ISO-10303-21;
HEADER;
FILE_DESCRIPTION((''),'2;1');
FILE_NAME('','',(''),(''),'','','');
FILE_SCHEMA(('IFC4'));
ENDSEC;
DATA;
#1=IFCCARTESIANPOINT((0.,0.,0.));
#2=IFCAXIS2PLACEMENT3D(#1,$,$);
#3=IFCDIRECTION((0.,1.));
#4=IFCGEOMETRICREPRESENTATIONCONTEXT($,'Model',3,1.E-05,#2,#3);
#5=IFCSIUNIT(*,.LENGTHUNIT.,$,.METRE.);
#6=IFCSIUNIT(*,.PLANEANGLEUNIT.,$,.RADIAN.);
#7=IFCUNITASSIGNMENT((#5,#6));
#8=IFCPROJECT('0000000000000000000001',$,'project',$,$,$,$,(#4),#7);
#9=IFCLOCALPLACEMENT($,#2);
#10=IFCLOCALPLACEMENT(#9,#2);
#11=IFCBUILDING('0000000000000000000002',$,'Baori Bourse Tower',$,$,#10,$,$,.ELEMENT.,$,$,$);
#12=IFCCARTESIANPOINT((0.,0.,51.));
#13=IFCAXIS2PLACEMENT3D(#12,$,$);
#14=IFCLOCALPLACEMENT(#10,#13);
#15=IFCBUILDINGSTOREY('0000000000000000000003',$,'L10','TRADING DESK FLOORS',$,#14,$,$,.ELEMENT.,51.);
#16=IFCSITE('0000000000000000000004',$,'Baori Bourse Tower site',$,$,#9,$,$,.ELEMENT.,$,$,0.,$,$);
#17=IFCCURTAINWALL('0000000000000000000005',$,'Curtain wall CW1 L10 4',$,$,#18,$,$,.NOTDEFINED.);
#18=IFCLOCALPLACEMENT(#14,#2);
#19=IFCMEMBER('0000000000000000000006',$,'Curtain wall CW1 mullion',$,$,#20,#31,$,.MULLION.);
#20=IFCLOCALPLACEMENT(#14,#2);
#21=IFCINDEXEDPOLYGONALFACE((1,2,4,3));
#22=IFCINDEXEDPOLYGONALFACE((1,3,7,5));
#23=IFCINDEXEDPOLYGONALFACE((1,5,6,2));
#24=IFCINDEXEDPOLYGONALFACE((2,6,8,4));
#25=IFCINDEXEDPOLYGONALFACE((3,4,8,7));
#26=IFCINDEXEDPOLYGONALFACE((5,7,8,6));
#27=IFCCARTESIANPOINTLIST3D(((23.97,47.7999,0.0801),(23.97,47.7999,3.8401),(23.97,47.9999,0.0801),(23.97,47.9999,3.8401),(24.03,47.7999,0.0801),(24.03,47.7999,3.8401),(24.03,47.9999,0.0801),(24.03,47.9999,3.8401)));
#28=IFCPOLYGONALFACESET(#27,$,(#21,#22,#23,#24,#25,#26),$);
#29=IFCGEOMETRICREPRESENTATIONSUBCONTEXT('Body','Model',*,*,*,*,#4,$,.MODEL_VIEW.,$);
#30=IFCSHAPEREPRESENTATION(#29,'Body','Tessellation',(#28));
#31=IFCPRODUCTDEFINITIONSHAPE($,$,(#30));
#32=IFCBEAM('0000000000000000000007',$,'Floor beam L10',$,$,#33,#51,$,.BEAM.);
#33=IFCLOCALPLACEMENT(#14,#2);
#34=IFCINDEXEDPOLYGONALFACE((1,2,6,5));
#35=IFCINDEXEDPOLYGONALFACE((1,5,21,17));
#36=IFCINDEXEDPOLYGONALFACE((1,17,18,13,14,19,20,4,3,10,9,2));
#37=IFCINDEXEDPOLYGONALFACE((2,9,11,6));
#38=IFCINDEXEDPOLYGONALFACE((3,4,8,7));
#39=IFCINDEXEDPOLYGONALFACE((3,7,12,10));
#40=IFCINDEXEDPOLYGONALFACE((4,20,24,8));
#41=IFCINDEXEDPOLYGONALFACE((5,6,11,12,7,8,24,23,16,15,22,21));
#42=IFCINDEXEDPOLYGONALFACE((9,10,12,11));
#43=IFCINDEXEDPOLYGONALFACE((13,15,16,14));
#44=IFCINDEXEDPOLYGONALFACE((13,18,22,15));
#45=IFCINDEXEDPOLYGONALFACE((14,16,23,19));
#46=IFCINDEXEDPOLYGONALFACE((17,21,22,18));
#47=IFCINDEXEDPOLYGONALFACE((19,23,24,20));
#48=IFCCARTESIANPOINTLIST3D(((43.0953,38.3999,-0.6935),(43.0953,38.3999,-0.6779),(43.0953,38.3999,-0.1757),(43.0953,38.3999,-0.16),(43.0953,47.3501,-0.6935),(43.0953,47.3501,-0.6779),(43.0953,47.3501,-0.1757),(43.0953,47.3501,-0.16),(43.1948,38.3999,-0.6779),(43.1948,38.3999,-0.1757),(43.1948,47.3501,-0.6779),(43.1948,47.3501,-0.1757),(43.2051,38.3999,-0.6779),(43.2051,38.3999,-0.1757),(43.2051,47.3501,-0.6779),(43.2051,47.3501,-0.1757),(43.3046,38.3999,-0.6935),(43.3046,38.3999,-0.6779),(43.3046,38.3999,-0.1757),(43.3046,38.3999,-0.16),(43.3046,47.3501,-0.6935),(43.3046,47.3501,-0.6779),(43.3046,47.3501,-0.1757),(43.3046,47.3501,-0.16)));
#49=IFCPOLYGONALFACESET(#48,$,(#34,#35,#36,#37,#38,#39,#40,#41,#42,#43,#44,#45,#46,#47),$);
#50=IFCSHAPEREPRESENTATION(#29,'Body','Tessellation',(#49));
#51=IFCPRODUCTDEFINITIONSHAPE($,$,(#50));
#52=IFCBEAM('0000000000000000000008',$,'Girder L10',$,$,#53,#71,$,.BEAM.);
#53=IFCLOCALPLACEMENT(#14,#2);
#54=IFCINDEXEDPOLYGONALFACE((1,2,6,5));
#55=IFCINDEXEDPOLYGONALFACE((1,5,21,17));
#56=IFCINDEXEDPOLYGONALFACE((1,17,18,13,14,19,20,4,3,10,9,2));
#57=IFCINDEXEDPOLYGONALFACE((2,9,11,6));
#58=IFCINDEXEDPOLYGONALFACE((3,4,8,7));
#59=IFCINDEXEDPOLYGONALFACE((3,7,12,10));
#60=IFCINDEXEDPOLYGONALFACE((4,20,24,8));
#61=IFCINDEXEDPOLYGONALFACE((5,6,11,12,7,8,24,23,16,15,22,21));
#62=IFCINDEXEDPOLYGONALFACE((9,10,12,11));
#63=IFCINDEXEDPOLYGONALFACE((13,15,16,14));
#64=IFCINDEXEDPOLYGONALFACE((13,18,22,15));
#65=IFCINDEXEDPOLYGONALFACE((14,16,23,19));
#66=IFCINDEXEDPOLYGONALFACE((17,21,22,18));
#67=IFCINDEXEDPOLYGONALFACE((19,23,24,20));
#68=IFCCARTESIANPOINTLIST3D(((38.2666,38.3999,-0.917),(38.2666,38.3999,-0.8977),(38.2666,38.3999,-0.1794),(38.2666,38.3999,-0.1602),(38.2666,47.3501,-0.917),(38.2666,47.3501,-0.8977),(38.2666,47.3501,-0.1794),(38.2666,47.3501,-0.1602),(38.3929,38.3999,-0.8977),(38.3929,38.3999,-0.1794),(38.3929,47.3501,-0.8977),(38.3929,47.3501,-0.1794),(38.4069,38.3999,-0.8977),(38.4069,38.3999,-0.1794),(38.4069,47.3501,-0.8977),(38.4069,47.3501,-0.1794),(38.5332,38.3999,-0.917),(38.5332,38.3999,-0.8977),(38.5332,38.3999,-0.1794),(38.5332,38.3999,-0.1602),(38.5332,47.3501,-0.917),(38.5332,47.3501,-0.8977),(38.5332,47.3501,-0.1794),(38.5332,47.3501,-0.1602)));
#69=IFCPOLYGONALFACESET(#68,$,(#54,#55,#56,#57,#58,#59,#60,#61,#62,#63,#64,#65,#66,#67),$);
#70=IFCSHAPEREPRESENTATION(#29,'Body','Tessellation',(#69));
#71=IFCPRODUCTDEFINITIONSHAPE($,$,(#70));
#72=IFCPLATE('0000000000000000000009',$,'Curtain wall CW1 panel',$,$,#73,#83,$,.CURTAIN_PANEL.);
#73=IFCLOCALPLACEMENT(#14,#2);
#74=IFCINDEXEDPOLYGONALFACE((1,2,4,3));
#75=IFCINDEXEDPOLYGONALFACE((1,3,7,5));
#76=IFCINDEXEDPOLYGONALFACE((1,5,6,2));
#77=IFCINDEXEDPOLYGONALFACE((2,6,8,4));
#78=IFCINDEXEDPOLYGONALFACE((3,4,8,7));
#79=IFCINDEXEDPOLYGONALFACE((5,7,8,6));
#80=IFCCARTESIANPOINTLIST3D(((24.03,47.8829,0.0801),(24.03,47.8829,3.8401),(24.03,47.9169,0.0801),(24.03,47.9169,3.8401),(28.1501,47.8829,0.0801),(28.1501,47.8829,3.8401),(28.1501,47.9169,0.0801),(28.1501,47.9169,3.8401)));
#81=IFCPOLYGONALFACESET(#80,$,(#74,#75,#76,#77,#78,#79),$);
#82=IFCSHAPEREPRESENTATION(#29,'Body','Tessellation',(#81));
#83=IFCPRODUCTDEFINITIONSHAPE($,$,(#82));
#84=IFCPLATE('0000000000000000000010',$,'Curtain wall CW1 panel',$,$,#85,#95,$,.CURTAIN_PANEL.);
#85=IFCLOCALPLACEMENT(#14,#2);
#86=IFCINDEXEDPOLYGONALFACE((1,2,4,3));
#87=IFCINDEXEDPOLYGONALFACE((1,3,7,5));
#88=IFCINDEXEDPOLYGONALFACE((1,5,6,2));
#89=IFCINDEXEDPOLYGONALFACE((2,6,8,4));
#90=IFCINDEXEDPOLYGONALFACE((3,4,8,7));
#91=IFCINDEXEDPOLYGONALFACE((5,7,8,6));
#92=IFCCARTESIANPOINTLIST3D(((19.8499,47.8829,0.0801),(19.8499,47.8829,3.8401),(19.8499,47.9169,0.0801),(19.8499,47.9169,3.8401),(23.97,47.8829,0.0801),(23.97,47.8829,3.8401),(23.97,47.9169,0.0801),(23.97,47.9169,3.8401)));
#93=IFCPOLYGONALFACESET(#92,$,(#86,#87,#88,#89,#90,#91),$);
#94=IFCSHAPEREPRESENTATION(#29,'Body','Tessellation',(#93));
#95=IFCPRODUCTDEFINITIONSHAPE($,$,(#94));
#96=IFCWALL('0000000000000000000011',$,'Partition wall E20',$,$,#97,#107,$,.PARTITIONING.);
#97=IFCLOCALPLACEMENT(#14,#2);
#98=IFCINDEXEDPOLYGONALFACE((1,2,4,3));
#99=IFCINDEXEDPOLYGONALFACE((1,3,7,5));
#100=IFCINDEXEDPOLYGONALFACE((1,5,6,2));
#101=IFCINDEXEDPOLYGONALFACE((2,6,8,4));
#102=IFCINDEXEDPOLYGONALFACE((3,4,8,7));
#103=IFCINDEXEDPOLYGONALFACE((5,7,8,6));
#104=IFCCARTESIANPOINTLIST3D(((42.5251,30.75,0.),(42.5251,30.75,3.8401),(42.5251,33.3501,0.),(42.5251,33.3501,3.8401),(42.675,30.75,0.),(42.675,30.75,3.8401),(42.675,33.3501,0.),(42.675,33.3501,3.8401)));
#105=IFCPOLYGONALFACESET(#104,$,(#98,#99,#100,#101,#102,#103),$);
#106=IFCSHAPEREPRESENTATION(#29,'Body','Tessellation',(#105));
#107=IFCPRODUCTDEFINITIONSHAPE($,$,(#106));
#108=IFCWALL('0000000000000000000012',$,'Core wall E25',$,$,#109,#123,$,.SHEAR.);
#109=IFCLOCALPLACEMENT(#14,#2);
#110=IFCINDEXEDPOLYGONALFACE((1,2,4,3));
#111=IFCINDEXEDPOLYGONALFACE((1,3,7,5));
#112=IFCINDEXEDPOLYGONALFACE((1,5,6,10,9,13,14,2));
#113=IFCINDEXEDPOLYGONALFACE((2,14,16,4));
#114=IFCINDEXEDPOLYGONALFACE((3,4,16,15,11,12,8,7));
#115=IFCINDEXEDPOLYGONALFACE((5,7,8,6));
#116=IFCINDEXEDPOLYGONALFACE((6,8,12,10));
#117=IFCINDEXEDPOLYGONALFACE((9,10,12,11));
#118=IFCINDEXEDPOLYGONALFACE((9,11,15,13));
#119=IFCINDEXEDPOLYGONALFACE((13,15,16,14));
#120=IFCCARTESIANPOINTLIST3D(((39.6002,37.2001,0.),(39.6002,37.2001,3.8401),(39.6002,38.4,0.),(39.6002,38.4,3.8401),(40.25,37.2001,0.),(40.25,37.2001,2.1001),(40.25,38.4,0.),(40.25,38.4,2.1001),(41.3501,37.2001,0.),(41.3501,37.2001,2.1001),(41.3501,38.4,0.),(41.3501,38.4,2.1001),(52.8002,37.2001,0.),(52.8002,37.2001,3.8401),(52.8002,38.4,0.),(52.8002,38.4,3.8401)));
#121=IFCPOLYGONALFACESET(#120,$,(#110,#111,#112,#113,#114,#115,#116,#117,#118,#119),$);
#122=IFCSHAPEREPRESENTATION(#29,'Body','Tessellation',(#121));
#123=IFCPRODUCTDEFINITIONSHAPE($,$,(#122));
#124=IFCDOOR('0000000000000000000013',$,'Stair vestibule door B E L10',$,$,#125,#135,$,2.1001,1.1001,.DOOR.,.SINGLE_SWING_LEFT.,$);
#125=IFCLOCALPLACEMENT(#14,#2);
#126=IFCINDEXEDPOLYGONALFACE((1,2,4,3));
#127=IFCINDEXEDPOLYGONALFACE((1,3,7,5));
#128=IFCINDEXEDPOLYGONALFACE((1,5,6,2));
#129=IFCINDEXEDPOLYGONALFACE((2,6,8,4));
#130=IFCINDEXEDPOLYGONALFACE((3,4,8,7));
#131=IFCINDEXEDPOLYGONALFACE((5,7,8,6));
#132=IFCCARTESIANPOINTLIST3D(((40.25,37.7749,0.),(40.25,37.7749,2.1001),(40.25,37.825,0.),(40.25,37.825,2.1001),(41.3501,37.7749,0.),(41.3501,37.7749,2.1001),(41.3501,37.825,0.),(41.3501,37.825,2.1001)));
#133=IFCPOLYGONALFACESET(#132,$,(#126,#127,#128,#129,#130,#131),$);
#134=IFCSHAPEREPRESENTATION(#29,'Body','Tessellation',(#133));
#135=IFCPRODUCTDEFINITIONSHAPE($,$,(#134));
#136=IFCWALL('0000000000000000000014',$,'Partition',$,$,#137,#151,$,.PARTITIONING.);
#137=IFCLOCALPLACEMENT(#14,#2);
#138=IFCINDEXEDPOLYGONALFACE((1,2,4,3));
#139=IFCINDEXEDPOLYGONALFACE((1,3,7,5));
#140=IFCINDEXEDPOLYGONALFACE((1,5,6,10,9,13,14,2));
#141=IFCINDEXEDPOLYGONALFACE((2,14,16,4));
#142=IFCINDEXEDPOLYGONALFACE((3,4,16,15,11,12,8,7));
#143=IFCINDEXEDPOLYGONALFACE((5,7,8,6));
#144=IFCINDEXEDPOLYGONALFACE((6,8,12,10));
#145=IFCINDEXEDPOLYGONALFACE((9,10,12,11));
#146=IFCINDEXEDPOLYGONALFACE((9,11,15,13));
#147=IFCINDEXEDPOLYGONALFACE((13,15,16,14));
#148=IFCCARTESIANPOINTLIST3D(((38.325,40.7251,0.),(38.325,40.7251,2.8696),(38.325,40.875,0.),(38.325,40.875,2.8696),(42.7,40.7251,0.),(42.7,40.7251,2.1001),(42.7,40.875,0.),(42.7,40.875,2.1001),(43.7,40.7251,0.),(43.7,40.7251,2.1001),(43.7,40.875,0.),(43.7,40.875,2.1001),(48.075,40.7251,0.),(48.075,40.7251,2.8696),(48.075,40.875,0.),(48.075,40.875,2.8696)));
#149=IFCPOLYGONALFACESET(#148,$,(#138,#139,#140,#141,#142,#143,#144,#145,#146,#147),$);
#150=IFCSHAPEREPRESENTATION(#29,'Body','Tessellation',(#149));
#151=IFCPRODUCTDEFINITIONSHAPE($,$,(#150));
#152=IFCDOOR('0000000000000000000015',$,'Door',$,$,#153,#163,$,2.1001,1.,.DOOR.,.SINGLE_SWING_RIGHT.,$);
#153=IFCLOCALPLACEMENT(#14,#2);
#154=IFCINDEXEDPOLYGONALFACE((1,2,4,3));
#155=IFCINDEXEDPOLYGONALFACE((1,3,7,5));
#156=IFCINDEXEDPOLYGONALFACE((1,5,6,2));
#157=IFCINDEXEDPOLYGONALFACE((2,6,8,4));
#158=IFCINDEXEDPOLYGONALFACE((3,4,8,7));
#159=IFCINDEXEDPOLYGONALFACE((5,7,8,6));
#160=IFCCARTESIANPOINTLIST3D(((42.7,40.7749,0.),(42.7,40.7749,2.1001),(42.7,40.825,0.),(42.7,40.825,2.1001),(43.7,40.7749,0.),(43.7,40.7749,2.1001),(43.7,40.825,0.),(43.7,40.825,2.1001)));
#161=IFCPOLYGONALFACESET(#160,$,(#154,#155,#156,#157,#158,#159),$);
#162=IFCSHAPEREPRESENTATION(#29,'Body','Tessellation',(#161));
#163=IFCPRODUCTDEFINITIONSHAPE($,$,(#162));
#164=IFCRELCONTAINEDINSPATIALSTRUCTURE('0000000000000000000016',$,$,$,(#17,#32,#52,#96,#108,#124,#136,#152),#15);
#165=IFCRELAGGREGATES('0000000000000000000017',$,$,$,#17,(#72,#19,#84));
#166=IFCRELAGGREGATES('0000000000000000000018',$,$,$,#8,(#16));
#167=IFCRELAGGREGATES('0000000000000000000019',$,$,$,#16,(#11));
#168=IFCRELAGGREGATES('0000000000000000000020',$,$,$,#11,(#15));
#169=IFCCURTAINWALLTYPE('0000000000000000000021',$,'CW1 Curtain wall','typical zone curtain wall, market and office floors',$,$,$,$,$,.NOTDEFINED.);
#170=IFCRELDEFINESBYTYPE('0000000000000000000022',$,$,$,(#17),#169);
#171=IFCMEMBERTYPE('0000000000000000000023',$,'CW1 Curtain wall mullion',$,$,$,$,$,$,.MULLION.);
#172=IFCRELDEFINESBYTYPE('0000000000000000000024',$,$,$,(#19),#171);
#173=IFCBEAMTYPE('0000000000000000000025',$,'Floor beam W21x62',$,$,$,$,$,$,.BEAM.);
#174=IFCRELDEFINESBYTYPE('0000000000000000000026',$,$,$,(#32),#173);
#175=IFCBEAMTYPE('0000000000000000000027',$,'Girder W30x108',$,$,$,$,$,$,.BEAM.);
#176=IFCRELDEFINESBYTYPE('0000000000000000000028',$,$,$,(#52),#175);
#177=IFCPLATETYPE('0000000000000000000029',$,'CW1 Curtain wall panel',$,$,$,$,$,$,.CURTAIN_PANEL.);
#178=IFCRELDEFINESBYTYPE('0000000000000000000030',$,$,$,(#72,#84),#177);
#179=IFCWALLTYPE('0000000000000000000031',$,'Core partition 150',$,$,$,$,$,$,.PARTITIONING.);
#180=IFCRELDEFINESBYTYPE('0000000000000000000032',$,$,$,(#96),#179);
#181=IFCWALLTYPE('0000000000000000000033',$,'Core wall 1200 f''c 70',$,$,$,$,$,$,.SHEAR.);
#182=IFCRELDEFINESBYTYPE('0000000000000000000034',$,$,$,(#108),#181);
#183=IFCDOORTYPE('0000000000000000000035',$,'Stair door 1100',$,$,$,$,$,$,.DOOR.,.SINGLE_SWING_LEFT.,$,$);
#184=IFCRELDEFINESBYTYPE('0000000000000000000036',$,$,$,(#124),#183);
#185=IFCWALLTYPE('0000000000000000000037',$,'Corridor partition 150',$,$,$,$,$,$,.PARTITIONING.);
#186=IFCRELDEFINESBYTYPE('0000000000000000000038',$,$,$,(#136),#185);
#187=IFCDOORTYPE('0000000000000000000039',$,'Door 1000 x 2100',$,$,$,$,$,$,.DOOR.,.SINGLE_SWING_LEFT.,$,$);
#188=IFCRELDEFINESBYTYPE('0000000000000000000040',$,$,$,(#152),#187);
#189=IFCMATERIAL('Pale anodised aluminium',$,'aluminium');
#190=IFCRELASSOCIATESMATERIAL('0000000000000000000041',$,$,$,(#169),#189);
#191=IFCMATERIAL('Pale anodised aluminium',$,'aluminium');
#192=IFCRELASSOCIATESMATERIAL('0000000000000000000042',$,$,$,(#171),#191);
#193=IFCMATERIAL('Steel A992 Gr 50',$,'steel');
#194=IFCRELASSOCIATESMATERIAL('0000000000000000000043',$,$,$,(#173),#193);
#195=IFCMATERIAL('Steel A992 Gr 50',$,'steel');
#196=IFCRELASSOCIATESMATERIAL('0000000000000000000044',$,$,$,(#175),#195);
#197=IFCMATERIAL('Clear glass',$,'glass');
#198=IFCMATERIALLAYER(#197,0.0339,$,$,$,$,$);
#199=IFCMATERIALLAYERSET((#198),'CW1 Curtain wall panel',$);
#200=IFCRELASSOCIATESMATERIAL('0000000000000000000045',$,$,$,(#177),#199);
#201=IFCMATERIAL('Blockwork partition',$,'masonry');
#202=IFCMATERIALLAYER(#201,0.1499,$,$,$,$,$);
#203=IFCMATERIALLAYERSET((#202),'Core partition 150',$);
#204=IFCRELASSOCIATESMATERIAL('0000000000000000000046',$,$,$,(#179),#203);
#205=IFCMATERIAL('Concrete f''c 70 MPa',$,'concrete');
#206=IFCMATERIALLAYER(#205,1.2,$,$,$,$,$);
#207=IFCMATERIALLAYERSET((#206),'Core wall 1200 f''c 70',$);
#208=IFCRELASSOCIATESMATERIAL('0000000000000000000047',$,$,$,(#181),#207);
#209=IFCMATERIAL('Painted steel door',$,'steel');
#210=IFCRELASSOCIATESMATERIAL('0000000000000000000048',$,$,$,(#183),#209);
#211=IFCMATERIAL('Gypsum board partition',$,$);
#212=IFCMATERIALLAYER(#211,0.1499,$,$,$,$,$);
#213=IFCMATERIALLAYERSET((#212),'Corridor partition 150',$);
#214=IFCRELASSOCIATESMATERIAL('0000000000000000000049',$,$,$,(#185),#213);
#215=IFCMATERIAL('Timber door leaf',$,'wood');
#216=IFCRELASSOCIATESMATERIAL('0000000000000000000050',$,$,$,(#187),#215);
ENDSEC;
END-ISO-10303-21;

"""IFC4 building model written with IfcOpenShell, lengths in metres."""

from ifc_helpers import new_model, si_unit, direction, frame, frame_2d, origin, origin_2d, place, context, subcontext, project, spatial, rectangle, i_section, extrude, material, layer, layer_set, material_profile, profile_set, type_object, element, fill, aggregate, save


model = new_model("IFC4")

# Units and contexts
model_context = context("Model", 3, precision=1e-05, world=origin(), true_north=direction((0.0, 1.0)))
body_context = subcontext(model_context, "Body", "Model", "MODEL_VIEW")
ifc_project = project(units=[si_unit("LENGTHUNIT", "METRE"), si_unit("PLANEANGLEUNIT", "RADIAN")], contexts=[model_context])

# Site, building, storey
site_placement = place(None, origin())
site = spatial("IfcSite", under=ifc_project, at=site_placement, Name="Baori Bourse Tower site", CompositionType="ELEMENT", RefElevation=0.0)
building_placement = place(site_placement, origin())
building = spatial("IfcBuilding", under=site, at=building_placement, Name="Baori Bourse Tower", CompositionType="ELEMENT")
storey_placement = place(building_placement, frame((0.0, 0.0, 51.0)))
storey = spatial("IfcBuildingStorey", under=building, at=storey_placement, Name="L10", Description="TRADING DESK FLOORS", CompositionType="ELEMENT", Elevation=51.0)

# Curtain wall, member
ifc_material_1 = material(Name="Pale anodised aluminium", Category="aluminium")
curtain_wall_type = type_object("IfcCurtainWallType", Name="CW1 Curtain wall", Description="typical zone curtain wall, market and office floors", PredefinedType="NOTDEFINED", material=ifc_material_1)
curtain_wall_placement = place(storey_placement, origin())
curtain_wall = element("IfcCurtainWall", 1, at=curtain_wall_placement, inside=storey, type_object=curtain_wall_type, Name="Curtain wall CW1 L10 4", PredefinedType="NOTDEFINED")
ifc_material_2 = material(Name="Pale anodised aluminium", Category="aluminium")
ifc_material_profile_1 = material_profile(ifc_material_2, rectangle(XDim=0.2, YDim=0.0601, at=origin_2d()), Name="Mullion 60x200")
ifc_profile_set_1 = profile_set([ifc_material_profile_1], Name="Pale anodised aluminium")
member_type = type_object("IfcMemberType", Name="CW1 Curtain wall mullion", PredefinedType="MULLION", material=ifc_profile_set_1)
member_placement = place(storey_placement, frame((24.0, 47.8999, 0.0801), z_axis=(0.0, 0.0, 1.0), x_axis=(0.0, -1.0, 0.0)))
member = element("IfcMember", 2, at=member_placement, type_object=member_type, Name="Curtain wall CW1 mullion", PredefinedType="MULLION", context=body_context, shape_type="SweptSolid", body=[
    extrude(rectangle(XDim=0.2, YDim=0.0601, at=origin_2d()), origin(), (0.0, 0.0, 1.0), 3.76),
])

# Beams
ifc_material_3 = material(Name="Steel A992 Gr 50", Category="steel")
ifc_material_profile_2 = material_profile(ifc_material_3, i_section(OverallWidth=0.2092, OverallDepth=0.5334, WebThickness=0.0103, FlangeThickness=0.0156, at=origin_2d()), Name="W21x62")
ifc_profile_set_2 = profile_set([ifc_material_profile_2], Name="Steel A992 Gr 50")
beam_type_1 = type_object("IfcBeamType", Name="Floor beam W21x62", PredefinedType="BEAM", material=ifc_profile_set_2)
beam_1_placement = place(storey_placement, frame((43.2, 38.3999, -0.4268), z_axis=(0.0, 1.0, 0.0), x_axis=(-1.0, 0.0, 0.0)))
element("IfcBeam", 3, at=beam_1_placement, inside=storey, type_object=beam_type_1, Name="Floor beam L10", PredefinedType="BEAM", context=body_context, shape_type="SweptSolid", body=[
    extrude(i_section(OverallWidth=0.2092, OverallDepth=0.5334, WebThickness=0.0103, FlangeThickness=0.0156, at=origin_2d()), origin(), (0.0, 0.0, 1.0), 8.9502),
])
ifc_material_4 = material(Name="Steel A992 Gr 50", Category="steel")
ifc_material_profile_3 = material_profile(ifc_material_4, i_section(OverallWidth=0.2666, OverallDepth=0.7568, WebThickness=0.0139, FlangeThickness=0.0193, at=origin_2d()), Name="W30x108")
ifc_profile_set_3 = profile_set([ifc_material_profile_3], Name="Steel A992 Gr 50")
beam_type_2 = type_object("IfcBeamType", Name="Girder W30x108", PredefinedType="BEAM", material=ifc_profile_set_3)
beam_2_placement = place(storey_placement, frame((38.3999, 38.3999, -0.5386), z_axis=(0.0, 1.0, 0.0), x_axis=(-1.0, 0.0, 0.0)))
element("IfcBeam", 4, at=beam_2_placement, inside=storey, type_object=beam_type_2, Name="Girder L10", PredefinedType="BEAM", context=body_context, shape_type="SweptSolid", body=[
    extrude(i_section(OverallWidth=0.2666, OverallDepth=0.7568, WebThickness=0.0139, FlangeThickness=0.0193, at=origin_2d()), origin(), (0.0, 0.0, 1.0), 8.9502),
])

# Plates
ifc_material_5 = material(Name="Clear glass", Category="glass")
ifc_layer_1 = layer(ifc_material_5, 0.0339)
ifc_layer_set_1 = layer_set([ifc_layer_1], Name="CW1 Curtain wall panel")
plate_type = type_object("IfcPlateType", Name="CW1 Curtain wall panel", PredefinedType="CURTAIN_PANEL", material=ifc_layer_set_1)
plate_1_placement = place(storey_placement, frame((26.0901, 47.8999, 0.0801), z_axis=(0.0, 0.0, 1.0), x_axis=(-1.0, 0.0, 0.0)))
plate_1 = element("IfcPlate", 5, at=plate_1_placement, type_object=plate_type, Name="Curtain wall CW1 panel", PredefinedType="CURTAIN_PANEL", context=body_context, shape_type="SweptSolid", body=[
    extrude(rectangle(XDim=4.1201, YDim=0.0339, at=origin_2d()), origin(), (0.0, 0.0, 1.0), 3.76),
])
plate_2_placement = place(storey_placement, frame((21.9099, 47.8999, 0.0801), z_axis=(0.0, 0.0, 1.0), x_axis=(-1.0, 0.0, 0.0)))
plate_2 = element("IfcPlate", 6, at=plate_2_placement, type_object=plate_type, Name="Curtain wall CW1 panel", PredefinedType="CURTAIN_PANEL", context=body_context, shape_type="SweptSolid", body=[
    extrude(rectangle(XDim=4.1201, YDim=0.0339, at=origin_2d()), origin(), (0.0, 0.0, 1.0), 3.76),
])
aggregate(curtain_wall, [plate_1, member, plate_2])

# Wall
ifc_material_6 = material(Name="Blockwork partition", Category="masonry")
ifc_layer_2 = layer(ifc_material_6, 0.1499)
ifc_layer_set_2 = layer_set([ifc_layer_2], Name="Core partition 150")
wall_type_1 = type_object("IfcWallType", Name="Core partition 150", PredefinedType="PARTITIONING", material=ifc_layer_set_2)
wall_1_placement = place(storey_placement, frame((42.6001, 30.75, 0.0), z_axis=(0.0, 0.0, 1.0), x_axis=(0.0, 1.0, 0.0)))
element("IfcWall", 7, at=wall_1_placement, inside=storey, type_object=wall_type_1, Name="Partition wall E20", PredefinedType="PARTITIONING", context=body_context, shape_type="SweptSolid", body=[
    extrude(rectangle(XDim=2.6001, YDim=0.1499, at=frame_2d((1.3, 0.0))), origin(), (0.0, 0.0, 1.0), 3.8401),
])

# Walls, openings, doors
ifc_material_7 = material(Name="Concrete f'c 70 MPa", Category="concrete")
ifc_layer_3 = layer(ifc_material_7, 1.2)
ifc_layer_set_3 = layer_set([ifc_layer_3], Name="Core wall 1200 f'c 70")
wall_type_2 = type_object("IfcWallType", Name="Core wall 1200 f'c 70", PredefinedType="SHEAR", material=ifc_layer_set_3)
wall_2_placement = place(storey_placement, frame((39.6001, 37.8, 0.0), z_axis=(0.0, 0.0, 1.0), x_axis=(1.0, 0.0, 0.0)))
wall_2 = element("IfcWall", 8, at=wall_2_placement, inside=storey, type_object=wall_type_2, Name="Core wall E25", PredefinedType="SHEAR", context=body_context, shape_type="SweptSolid", body=[
    extrude(rectangle(XDim=13.2, YDim=1.2, at=frame_2d((6.6001, 0.0))), origin(), (0.0, 0.0, 1.0), 3.8401),
])
opening_1_placement = place(wall_2_placement, frame((0.6499, 0.0, 0.0)))
opening_1 = element("IfcOpeningElement", 9, at=opening_1_placement, cuts=wall_2, PredefinedType="OPENING", context=body_context, shape_type="SweptSolid", body=[
    extrude(rectangle(XDim=1.1001, YDim=2.1001, at=frame_2d((0.55, 1.05))), frame((0.0, 0.6099, 0.0), z_axis=(0.0, -1.0, 0.0), x_axis=(1.0, 0.0, 0.0)), (0.0, 0.0, 1.0), 1.22),
])
ifc_material_8 = material(Name="Painted steel door", Category="steel")
door_type_1 = type_object("IfcDoorType", Name="Stair door 1100", OperationType="SINGLE_SWING_LEFT", PredefinedType="DOOR", material=ifc_material_8)
door_1_placement = place(opening_1_placement, origin())
door_1 = element("IfcDoor", 10, at=door_1_placement, inside=storey, type_object=door_type_1, Name="Stair vestibule door B E L10", OperationType="SINGLE_SWING_LEFT", OverallHeight=2.1001, OverallWidth=1.1001, PredefinedType="DOOR", context=body_context, shape_type="SweptSolid", body=[
    extrude(rectangle(XDim=1.1001, YDim=2.1001, at=frame_2d((0.55, 1.05))), frame((0.0, 0.0249, 0.0), z_axis=(0.0, -1.0, 0.0), x_axis=(1.0, 0.0, 0.0)), (0.0, 0.0, 1.0), 0.05),
])
fill(opening_1, door_1)
ifc_material_9 = material(Name="Gypsum board partition")
ifc_layer_4 = layer(ifc_material_9, 0.1499)
ifc_layer_set_4 = layer_set([ifc_layer_4], Name="Corridor partition 150")
wall_type_3 = type_object("IfcWallType", Name="Corridor partition 150", PredefinedType="PARTITIONING", material=ifc_layer_set_4)
wall_3_placement = place(storey_placement, frame((38.325, 40.8, 0.0), z_axis=(0.0, 0.0, 1.0), x_axis=(1.0, 0.0, 0.0)))
wall_3 = element("IfcWall", 11, at=wall_3_placement, inside=storey, type_object=wall_type_3, Name="Partition", PredefinedType="PARTITIONING", context=body_context, shape_type="SweptSolid", body=[
    extrude(rectangle(XDim=9.75, YDim=0.1499, at=frame_2d((4.875, 0.0))), origin(), (0.0, 0.0, 1.0), 2.8696),
])
opening_2_placement = place(wall_3_placement, frame((4.375, 0.0, 0.0)))
opening_2 = element("IfcOpeningElement", 12, at=opening_2_placement, cuts=wall_3, PredefinedType="OPENING", context=body_context, shape_type="SweptSolid", body=[
    extrude(rectangle(XDim=1.0, YDim=2.1001, at=frame_2d((0.5, 1.05))), frame((0.0, 0.085, 0.0), z_axis=(0.0, -1.0, 0.0), x_axis=(1.0, 0.0, 0.0)), (0.0, 0.0, 1.0), 0.1699),
])
ifc_material_10 = material(Name="Timber door leaf", Category="wood")
door_type_2 = type_object("IfcDoorType", Name="Door 1000 x 2100", OperationType="SINGLE_SWING_LEFT", PredefinedType="DOOR", material=ifc_material_10)
door_2_placement = place(opening_2_placement, origin())
door_2 = element("IfcDoor", 13, at=door_2_placement, inside=storey, type_object=door_type_2, Name="Door", OperationType="SINGLE_SWING_RIGHT", OverallHeight=2.1001, OverallWidth=1.0, PredefinedType="DOOR", context=body_context, shape_type="SweptSolid", body=[
    extrude(rectangle(XDim=1.0, YDim=2.1001, at=frame_2d((0.5, 1.05))), frame((0.0, 0.0249, 0.0), z_axis=(0.0, -1.0, 0.0), x_axis=(1.0, 0.0, 0.0)), (0.0, 0.0, 1.0), 0.05),
])
fill(opening_2, door_2)

save(model, "model.ifc")
